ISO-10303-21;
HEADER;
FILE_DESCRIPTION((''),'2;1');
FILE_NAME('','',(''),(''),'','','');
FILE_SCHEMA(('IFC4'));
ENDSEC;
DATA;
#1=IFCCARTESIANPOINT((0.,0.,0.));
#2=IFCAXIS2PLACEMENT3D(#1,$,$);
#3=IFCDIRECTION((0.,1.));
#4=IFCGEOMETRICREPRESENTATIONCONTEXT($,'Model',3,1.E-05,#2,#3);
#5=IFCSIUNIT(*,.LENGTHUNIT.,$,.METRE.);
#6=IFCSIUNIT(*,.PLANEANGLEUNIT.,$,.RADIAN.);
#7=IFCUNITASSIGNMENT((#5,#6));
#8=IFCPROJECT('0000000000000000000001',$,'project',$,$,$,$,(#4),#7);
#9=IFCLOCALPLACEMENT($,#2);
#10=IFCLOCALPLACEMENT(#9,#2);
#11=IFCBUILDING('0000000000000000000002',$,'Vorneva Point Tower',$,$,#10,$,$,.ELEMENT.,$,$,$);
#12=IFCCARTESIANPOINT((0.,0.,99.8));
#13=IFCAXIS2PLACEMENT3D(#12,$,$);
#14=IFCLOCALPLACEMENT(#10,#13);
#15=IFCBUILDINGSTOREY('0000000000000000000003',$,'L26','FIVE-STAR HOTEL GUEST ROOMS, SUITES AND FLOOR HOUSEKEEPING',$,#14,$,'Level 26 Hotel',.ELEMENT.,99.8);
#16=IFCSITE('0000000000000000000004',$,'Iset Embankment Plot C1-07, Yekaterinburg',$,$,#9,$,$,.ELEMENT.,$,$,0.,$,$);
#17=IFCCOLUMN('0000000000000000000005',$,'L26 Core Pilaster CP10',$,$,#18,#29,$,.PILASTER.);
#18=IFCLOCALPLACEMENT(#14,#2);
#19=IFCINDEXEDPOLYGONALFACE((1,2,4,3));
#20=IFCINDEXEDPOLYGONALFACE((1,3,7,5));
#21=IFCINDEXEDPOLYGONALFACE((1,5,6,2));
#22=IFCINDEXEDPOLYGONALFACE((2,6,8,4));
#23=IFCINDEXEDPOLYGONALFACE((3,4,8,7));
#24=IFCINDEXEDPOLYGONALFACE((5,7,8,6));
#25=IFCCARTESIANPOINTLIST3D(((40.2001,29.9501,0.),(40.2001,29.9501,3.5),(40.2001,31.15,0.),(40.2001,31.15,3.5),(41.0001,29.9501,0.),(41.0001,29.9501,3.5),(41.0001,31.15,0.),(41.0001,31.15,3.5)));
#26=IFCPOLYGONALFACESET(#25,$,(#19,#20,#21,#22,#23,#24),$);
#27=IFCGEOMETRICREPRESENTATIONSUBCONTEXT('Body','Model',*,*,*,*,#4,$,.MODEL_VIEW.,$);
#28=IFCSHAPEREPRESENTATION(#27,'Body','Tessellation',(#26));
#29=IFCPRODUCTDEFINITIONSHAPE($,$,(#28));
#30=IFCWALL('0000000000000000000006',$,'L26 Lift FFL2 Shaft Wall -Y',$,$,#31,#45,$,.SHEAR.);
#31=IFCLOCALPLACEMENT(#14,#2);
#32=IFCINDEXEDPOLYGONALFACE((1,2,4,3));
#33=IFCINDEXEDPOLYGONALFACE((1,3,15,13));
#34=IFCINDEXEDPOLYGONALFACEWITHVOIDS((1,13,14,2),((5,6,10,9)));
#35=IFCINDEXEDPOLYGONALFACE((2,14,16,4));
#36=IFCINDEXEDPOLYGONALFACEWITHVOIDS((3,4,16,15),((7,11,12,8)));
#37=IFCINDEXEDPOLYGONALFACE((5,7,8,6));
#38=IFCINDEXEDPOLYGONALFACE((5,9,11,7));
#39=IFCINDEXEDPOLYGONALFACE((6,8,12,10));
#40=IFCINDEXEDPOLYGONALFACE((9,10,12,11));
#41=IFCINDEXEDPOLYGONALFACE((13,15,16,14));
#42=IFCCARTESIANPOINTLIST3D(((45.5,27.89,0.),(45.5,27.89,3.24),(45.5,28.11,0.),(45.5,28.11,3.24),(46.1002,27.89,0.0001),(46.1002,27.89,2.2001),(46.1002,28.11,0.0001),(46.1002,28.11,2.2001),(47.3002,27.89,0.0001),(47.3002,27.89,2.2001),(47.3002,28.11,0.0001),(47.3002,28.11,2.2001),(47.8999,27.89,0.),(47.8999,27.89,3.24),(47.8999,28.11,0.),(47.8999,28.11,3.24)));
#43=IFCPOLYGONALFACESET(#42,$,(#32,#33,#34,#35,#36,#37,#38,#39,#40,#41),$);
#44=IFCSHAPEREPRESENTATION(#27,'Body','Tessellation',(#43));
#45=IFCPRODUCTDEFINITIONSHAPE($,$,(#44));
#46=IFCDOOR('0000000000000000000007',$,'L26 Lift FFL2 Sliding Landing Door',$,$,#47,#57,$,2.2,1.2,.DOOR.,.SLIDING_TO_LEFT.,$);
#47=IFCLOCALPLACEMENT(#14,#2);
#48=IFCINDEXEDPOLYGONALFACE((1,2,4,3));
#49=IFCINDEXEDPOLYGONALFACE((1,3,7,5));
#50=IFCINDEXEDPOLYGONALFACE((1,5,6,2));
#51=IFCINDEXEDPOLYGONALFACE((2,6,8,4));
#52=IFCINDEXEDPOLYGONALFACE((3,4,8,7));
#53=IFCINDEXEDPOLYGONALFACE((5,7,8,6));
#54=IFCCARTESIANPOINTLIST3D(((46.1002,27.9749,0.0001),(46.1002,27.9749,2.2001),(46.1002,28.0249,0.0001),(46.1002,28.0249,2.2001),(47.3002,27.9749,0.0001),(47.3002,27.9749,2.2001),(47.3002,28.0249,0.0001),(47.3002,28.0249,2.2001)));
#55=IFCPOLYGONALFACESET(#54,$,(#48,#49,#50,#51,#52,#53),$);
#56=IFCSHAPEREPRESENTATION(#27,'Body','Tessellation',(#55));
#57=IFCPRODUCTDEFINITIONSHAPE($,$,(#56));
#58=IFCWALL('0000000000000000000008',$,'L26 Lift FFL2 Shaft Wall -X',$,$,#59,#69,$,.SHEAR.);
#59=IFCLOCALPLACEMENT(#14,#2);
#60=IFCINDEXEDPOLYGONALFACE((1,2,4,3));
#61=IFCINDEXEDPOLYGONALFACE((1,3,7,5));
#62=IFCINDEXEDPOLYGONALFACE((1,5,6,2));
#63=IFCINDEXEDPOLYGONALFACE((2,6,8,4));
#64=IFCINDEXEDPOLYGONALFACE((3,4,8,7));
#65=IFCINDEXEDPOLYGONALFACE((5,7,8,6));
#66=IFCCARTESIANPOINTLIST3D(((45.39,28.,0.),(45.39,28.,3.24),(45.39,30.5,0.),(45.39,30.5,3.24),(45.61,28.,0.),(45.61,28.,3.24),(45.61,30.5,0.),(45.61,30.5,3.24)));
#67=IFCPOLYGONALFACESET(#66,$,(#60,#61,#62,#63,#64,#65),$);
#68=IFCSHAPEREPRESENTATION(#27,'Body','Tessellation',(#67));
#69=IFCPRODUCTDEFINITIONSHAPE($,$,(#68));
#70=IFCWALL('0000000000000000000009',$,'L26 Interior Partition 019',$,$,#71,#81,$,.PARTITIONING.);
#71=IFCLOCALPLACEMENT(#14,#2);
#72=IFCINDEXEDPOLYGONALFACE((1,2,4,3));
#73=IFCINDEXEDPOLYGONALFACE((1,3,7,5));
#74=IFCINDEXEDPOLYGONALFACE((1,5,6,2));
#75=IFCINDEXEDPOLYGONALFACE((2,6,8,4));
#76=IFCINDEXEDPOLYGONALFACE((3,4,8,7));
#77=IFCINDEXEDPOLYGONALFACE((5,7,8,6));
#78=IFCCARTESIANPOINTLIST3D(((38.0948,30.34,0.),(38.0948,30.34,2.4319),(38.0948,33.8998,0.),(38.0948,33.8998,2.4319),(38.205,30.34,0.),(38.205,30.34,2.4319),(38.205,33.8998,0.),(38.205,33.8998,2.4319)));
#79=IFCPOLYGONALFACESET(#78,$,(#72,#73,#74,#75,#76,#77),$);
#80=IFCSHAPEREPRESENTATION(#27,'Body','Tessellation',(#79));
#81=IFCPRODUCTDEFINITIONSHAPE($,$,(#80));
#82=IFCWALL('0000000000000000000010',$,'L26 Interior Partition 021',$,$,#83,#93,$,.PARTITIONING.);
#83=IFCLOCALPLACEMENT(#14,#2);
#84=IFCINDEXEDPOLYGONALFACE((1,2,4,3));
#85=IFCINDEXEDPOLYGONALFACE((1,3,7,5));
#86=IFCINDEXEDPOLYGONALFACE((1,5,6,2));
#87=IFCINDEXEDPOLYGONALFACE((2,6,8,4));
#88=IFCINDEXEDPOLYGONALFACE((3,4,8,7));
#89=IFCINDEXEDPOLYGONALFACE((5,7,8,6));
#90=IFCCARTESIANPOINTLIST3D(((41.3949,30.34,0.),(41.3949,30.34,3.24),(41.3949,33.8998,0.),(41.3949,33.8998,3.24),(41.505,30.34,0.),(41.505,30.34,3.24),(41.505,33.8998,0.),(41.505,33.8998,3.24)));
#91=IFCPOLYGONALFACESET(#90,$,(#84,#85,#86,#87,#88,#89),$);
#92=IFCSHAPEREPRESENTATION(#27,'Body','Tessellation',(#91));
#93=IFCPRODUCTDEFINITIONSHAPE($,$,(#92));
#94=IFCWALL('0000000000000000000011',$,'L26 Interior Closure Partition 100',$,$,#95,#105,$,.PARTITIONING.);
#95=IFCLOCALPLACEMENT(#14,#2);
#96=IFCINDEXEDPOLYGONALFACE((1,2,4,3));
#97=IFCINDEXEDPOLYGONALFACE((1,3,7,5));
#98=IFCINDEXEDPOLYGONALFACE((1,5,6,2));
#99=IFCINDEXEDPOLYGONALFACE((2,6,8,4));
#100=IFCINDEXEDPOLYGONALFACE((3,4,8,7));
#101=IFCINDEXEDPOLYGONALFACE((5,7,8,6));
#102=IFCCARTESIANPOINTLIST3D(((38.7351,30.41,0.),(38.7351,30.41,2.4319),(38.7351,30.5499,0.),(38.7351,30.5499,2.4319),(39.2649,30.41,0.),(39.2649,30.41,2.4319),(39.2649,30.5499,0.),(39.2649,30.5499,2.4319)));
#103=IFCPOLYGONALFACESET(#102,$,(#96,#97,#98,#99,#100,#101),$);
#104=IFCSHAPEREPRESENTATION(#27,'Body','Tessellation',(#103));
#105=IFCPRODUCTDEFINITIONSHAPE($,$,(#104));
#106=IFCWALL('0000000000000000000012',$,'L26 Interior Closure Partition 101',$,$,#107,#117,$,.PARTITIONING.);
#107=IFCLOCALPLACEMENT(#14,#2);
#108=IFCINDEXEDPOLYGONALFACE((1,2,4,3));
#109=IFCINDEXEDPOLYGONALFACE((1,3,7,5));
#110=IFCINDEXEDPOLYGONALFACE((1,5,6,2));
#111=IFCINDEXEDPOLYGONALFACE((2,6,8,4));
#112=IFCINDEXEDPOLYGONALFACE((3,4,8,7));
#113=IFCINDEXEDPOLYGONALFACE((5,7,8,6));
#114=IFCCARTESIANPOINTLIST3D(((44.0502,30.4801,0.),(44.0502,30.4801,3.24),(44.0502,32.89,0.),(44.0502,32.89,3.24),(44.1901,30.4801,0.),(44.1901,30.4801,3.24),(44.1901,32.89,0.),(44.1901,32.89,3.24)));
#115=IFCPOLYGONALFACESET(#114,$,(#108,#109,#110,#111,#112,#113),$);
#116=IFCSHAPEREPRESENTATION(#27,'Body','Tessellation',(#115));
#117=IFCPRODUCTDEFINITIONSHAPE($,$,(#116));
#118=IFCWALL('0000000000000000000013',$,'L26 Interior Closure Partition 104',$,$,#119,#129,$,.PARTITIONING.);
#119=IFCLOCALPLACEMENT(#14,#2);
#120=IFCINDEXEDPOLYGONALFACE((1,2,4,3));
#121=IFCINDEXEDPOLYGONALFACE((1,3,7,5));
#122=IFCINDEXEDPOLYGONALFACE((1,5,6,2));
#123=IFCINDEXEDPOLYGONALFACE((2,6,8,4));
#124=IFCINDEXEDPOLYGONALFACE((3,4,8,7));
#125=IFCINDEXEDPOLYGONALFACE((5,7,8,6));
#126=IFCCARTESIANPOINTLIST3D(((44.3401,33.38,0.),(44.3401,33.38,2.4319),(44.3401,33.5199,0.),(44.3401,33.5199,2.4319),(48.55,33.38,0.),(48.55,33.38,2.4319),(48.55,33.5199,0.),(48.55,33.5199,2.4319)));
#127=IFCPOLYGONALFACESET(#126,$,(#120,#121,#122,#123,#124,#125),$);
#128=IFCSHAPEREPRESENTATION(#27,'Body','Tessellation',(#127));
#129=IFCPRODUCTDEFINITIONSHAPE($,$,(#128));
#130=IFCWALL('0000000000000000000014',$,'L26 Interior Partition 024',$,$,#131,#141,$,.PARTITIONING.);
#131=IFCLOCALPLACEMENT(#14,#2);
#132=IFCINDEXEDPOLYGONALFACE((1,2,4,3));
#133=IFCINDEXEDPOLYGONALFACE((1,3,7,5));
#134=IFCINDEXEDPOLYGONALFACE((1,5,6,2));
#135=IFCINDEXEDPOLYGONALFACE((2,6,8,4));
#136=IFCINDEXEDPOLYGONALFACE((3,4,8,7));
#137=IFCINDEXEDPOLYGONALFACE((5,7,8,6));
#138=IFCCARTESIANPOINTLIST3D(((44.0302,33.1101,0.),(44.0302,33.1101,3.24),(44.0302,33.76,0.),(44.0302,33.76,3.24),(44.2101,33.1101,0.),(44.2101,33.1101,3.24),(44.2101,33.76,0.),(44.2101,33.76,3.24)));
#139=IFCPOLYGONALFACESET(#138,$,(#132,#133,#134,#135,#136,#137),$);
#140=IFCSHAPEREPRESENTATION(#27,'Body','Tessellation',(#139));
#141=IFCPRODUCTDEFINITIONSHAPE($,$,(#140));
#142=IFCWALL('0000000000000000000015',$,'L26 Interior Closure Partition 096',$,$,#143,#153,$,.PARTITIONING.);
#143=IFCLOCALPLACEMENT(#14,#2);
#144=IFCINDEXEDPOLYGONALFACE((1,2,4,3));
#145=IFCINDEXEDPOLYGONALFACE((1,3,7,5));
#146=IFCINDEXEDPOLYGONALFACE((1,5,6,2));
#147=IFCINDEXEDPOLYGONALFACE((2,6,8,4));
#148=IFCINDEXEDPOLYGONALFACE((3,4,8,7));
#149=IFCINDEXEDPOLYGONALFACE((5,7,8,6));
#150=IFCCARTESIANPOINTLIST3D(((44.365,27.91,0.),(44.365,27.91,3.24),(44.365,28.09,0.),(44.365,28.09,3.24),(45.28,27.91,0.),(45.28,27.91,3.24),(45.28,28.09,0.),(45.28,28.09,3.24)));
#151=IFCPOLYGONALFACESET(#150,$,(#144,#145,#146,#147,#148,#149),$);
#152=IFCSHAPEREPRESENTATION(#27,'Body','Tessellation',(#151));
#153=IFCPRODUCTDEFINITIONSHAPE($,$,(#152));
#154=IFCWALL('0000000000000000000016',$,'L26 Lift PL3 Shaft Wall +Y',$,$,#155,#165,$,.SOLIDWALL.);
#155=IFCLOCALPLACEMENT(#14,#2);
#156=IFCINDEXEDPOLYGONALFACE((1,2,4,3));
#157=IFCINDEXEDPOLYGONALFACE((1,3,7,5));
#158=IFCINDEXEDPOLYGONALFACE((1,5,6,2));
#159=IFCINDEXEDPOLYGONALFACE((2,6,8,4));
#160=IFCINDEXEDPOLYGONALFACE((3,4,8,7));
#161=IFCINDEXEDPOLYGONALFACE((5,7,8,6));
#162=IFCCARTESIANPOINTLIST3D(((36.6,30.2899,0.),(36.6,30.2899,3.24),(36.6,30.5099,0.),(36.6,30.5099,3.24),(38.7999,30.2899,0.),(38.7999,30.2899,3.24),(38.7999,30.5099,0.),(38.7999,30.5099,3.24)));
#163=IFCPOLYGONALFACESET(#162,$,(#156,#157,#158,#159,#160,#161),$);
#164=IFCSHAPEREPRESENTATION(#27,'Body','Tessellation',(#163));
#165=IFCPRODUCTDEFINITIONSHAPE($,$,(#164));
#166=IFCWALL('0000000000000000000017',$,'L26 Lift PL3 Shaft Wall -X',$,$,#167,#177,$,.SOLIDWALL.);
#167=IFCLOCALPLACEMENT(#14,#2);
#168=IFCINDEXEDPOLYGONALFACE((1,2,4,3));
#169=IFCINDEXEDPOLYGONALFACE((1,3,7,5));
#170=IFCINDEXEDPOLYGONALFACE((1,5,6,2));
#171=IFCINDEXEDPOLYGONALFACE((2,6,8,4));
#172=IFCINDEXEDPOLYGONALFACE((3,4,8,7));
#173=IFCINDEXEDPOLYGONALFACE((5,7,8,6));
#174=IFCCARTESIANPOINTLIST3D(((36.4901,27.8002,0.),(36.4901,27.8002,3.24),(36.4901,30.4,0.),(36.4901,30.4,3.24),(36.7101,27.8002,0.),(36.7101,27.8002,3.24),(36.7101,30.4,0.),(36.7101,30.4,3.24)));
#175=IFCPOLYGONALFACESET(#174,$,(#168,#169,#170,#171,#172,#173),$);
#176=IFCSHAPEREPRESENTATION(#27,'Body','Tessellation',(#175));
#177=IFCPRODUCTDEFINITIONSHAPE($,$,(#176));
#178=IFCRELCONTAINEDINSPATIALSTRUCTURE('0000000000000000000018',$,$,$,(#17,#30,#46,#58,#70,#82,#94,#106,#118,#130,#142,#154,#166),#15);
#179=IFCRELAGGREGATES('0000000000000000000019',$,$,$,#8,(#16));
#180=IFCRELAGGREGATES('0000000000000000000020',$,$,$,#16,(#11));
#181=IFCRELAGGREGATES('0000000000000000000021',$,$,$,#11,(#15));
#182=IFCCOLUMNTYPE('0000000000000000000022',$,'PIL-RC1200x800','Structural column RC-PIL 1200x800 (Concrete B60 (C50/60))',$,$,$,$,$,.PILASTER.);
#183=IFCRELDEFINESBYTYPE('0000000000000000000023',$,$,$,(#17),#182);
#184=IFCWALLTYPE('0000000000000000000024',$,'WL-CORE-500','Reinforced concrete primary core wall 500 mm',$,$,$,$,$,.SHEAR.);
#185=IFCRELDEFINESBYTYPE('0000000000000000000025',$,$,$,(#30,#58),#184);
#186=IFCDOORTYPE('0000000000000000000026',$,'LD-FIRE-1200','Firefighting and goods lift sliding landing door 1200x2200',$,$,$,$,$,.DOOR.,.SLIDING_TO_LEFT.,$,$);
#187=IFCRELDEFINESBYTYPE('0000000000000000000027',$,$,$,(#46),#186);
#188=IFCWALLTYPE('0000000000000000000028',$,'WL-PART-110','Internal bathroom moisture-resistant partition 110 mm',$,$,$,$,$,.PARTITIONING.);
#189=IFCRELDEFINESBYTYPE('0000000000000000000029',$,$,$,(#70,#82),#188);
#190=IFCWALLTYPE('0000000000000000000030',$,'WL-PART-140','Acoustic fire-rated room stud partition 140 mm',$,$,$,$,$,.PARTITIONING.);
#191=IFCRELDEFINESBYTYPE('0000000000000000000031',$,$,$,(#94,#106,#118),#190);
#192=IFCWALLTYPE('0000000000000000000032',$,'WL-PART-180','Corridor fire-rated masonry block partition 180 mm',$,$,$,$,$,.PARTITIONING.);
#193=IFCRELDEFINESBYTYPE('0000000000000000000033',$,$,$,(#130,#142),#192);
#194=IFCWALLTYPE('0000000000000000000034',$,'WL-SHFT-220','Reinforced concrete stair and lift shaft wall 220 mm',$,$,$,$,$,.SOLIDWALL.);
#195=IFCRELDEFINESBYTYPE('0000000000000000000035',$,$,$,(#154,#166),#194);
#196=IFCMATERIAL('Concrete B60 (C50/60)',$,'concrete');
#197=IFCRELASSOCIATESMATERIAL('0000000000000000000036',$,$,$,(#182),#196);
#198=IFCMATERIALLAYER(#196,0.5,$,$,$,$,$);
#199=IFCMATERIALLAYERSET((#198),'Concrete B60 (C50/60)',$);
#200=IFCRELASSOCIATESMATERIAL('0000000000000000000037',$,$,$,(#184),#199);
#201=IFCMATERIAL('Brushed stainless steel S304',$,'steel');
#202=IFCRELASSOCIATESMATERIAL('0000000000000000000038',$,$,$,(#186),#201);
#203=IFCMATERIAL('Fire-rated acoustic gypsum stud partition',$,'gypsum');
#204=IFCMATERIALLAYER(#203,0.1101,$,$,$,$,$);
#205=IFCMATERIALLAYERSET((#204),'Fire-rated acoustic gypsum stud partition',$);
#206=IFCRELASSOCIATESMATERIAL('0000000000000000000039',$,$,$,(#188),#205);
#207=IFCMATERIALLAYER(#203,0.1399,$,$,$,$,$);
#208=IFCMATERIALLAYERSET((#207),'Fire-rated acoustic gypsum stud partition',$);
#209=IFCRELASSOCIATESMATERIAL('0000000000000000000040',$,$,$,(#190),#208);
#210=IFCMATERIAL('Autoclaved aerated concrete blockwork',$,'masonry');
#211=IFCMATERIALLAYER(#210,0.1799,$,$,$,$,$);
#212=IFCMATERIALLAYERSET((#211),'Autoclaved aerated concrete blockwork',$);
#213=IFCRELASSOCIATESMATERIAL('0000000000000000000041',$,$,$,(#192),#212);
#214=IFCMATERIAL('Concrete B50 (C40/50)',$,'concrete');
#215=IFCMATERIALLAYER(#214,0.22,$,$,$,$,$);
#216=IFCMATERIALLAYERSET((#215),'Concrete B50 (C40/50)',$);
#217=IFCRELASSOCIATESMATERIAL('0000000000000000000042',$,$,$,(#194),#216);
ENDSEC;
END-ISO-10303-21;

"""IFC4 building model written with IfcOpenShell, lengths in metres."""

from ifc_helpers import new_model, si_unit, direction, frame, frame_2d, origin, origin_2d, place, context, subcontext, project, spatial, rectangle, extrude, material, layer, layer_set, material_profile, profile_set, type_object, element, fill, save


model = new_model("IFC4")

# Units and contexts
model_context = context("Model", 3, precision=1e-05, world=origin(), true_north=direction((0.0, 1.0)))
body_context = subcontext(model_context, "Body", "Model", "MODEL_VIEW")
ifc_project = project(units=[si_unit("LENGTHUNIT", "METRE"), si_unit("PLANEANGLEUNIT", "RADIAN")], contexts=[model_context])

# Site, building, storey
site_placement = place(None, origin())
site = spatial("IfcSite", under=ifc_project, at=site_placement, Name="Iset Embankment Plot C1-07, Yekaterinburg", CompositionType="ELEMENT", RefElevation=0.0)
building_placement = place(site_placement, origin())
building = spatial("IfcBuilding", under=site, at=building_placement, Name="Vorneva Point Tower", CompositionType="ELEMENT")
storey_placement = place(building_placement, frame((0.0, 0.0, 99.8)))
storey = spatial("IfcBuildingStorey", under=building, at=storey_placement, Name="L26", Description="FIVE-STAR HOTEL GUEST ROOMS, SUITES AND FLOOR HOUSEKEEPING", LongName="Level 26 Hotel", CompositionType="ELEMENT", Elevation=99.8)

# Column
ifc_material_1 = material(Name="Concrete B60 (C50/60)", Category="concrete")
ifc_material_profile = material_profile(ifc_material_1, rectangle(XDim=0.8, YDim=1.2, at=origin_2d()), Name="RC-PIL 1200x800")
ifc_profile_set = profile_set([ifc_material_profile], Name="Concrete B60 (C50/60)")
column_type = type_object("IfcColumnType", Name="PIL-RC1200x800", Description="Structural column RC-PIL 1200x800 (Concrete B60 (C50/60))", PredefinedType="PILASTER", material=ifc_profile_set)
column_placement = place(storey_placement, frame((40.6001, 30.55, 0.0), z_axis=(0.0, 0.0, 1.0), x_axis=(1.0, 0.0, 0.0)))
element("IfcColumn", 1, at=column_placement, inside=storey, type_object=column_type, Name="L26 Core Pilaster CP10", PredefinedType="PILASTER", context=body_context, shape_type="SweptSolid", body=[
    extrude(rectangle(XDim=0.8, YDim=1.2, at=origin_2d()), origin(), (0.0, 0.0, 1.0), 3.5),
])

# Wall, opening, door
ifc_layer_1 = layer(ifc_material_1, 0.5)
ifc_layer_set_1 = layer_set([ifc_layer_1], Name="Concrete B60 (C50/60)")
wall_type_1 = type_object("IfcWallType", Name="WL-CORE-500", Description="Reinforced concrete primary core wall 500 mm", PredefinedType="SHEAR", material=ifc_layer_set_1)
wall_1_placement = place(storey_placement, frame((45.5, 28.0, 0.0), z_axis=(0.0, 0.0, 1.0), x_axis=(1.0, 0.0, 0.0)))
wall_1 = element("IfcWall", 2, at=wall_1_placement, inside=storey, type_object=wall_type_1, Name="L26 Lift FFL2 Shaft Wall -Y", PredefinedType="SHEAR", context=body_context, shape_type="SweptSolid", body=[
    extrude(rectangle(XDim=2.3999, YDim=0.22, at=frame_2d((1.2, 0.0))), origin(), (0.0, 0.0, 1.0), 3.24),
])
opening_placement = place(wall_1_placement, frame((0.6001, 0.0, 0.0)))
opening = element("IfcOpeningElement", 3, at=opening_placement, cuts=wall_1, PredefinedType="OPENING", context=body_context, shape_type="SweptSolid", body=[
    extrude(rectangle(XDim=1.2, YDim=2.2, at=frame_2d((0.6001, 1.1001))), frame((0.0, 0.125, 0.0), z_axis=(0.0, -1.0, 0.0), x_axis=(1.0, 0.0, 0.0)), (0.0, 0.0, 1.0), 0.2498),
])
ifc_material_2 = material(Name="Brushed stainless steel S304", Category="steel")
door_type = type_object("IfcDoorType", Name="LD-FIRE-1200", Description="Firefighting and goods lift sliding landing door 1200x2200", OperationType="SLIDING_TO_LEFT", PredefinedType="DOOR", material=ifc_material_2)
door_placement = place(opening_placement, origin())
door = element("IfcDoor", 4, at=door_placement, inside=storey, type_object=door_type, Name="L26 Lift FFL2 Sliding Landing Door", OperationType="SLIDING_TO_LEFT", OverallHeight=2.2, OverallWidth=1.2, PredefinedType="DOOR", context=body_context, shape_type="SweptSolid", body=[
    extrude(rectangle(XDim=1.2, YDim=2.2, at=frame_2d((0.6001, 1.1001))), frame((0.0, 0.0249, 0.0), z_axis=(0.0, -1.0, 0.0), x_axis=(1.0, 0.0, 0.0)), (0.0, 0.0, 1.0), 0.05),
])
fill(opening, door)

# Walls
wall_2_placement = place(storey_placement, frame((45.5, 30.5, 0.0), z_axis=(0.0, 0.0, 1.0), x_axis=(0.0, -1.0, 0.0)))
element("IfcWall", 5, at=wall_2_placement, inside=storey, type_object=wall_type_1, Name="L26 Lift FFL2 Shaft Wall -X", PredefinedType="SHEAR", context=body_context, shape_type="SweptSolid", body=[
    extrude(rectangle(XDim=2.5, YDim=0.22, at=frame_2d((1.25, 0.0))), origin(), (0.0, 0.0, 1.0), 3.24),
])
ifc_material_3 = material(Name="Fire-rated acoustic gypsum stud partition", Category="gypsum")
ifc_layer_2 = layer(ifc_material_3, 0.1101)
ifc_layer_set_2 = layer_set([ifc_layer_2], Name="Fire-rated acoustic gypsum stud partition")
wall_type_2 = type_object("IfcWallType", Name="WL-PART-110", Description="Internal bathroom moisture-resistant partition 110 mm", PredefinedType="PARTITIONING", material=ifc_layer_set_2)
wall_3_placement = place(storey_placement, frame((38.1499, 30.3401, 0.0), z_axis=(0.0, 0.0, 1.0), x_axis=(0.0, 1.0, 0.0)))
element("IfcWall", 6, at=wall_3_placement, inside=storey, type_object=wall_type_2, Name="L26 Interior Partition 019", PredefinedType="PARTITIONING", context=body_context, shape_type="SweptSolid", body=[
    extrude(rectangle(XDim=3.5598, YDim=0.1101, at=frame_2d((1.7798, 0.0))), origin(), (0.0, 0.0, 1.0), 2.4319),
])
wall_4_placement = place(storey_placement, frame((41.45, 30.3401, 0.0), z_axis=(0.0, 0.0, 1.0), x_axis=(0.0, 1.0, 0.0)))
element("IfcWall", 7, at=wall_4_placement, inside=storey, type_object=wall_type_2, Name="L26 Interior Partition 021", PredefinedType="PARTITIONING", context=body_context, shape_type="SweptSolid", body=[
    extrude(rectangle(XDim=3.5598, YDim=0.1101, at=frame_2d((1.7798, 0.0))), origin(), (0.0, 0.0, 1.0), 3.24),
])
ifc_layer_3 = layer(ifc_material_3, 0.1399)
ifc_layer_set_3 = layer_set([ifc_layer_3], Name="Fire-rated acoustic gypsum stud partition")
wall_type_3 = type_object("IfcWallType", Name="WL-PART-140", Description="Acoustic fire-rated room stud partition 140 mm", PredefinedType="PARTITIONING", material=ifc_layer_set_3)
wall_5_placement = place(storey_placement, frame((38.7351, 30.48, 0.0), z_axis=(0.0, 0.0, 1.0), x_axis=(1.0, 0.0, 0.0)))
element("IfcWall", 8, at=wall_5_placement, inside=storey, type_object=wall_type_3, Name="L26 Interior Closure Partition 100", PredefinedType="PARTITIONING", context=body_context, shape_type="SweptSolid", body=[
    extrude(rectangle(XDim=0.5298, YDim=0.1399, at=frame_2d((0.2649, 0.0))), origin(), (0.0, 0.0, 1.0), 2.4319),
])
wall_6_placement = place(storey_placement, frame((44.1201, 30.48, 0.0), z_axis=(0.0, 0.0, 1.0), x_axis=(0.0, 1.0, 0.0)))
element("IfcWall", 9, at=wall_6_placement, inside=storey, type_object=wall_type_3, Name="L26 Interior Closure Partition 101", PredefinedType="PARTITIONING", context=body_context, shape_type="SweptSolid", body=[
    extrude(rectangle(XDim=2.4099, YDim=0.1399, at=frame_2d((1.2051, 0.0))), origin(), (0.0, 0.0, 1.0), 3.24),
])
wall_7_placement = place(storey_placement, frame((44.3401, 33.45, 0.0), z_axis=(0.0, 0.0, 1.0), x_axis=(1.0, 0.0, 0.0)))
element("IfcWall", 10, at=wall_7_placement, inside=storey, type_object=wall_type_3, Name="L26 Interior Closure Partition 104", PredefinedType="PARTITIONING", context=body_context, shape_type="SweptSolid", body=[
    extrude(rectangle(XDim=4.21, YDim=0.1399, at=frame_2d((2.105, 0.0))), origin(), (0.0, 0.0, 1.0), 2.4319),
])
ifc_material_4 = material(Name="Autoclaved aerated concrete blockwork", Category="masonry")
ifc_layer_4 = layer(ifc_material_4, 0.1799)
ifc_layer_set_4 = layer_set([ifc_layer_4], Name="Autoclaved aerated concrete blockwork")
wall_type_4 = type_object("IfcWallType", Name="WL-PART-180", Description="Corridor fire-rated masonry block partition 180 mm", PredefinedType="PARTITIONING", material=ifc_layer_set_4)
wall_8_placement = place(storey_placement, frame((44.1201, 33.1101, 0.0), z_axis=(0.0, 0.0, 1.0), x_axis=(0.0, 1.0, 0.0)))
element("IfcWall", 11, at=wall_8_placement, inside=storey, type_object=wall_type_4, Name="L26 Interior Partition 024", PredefinedType="PARTITIONING", context=body_context, shape_type="SweptSolid", body=[
    extrude(rectangle(XDim=0.6499, YDim=0.1799, at=frame_2d((0.325, 0.0))), origin(), (0.0, 0.0, 1.0), 3.24),
])
wall_9_placement = place(storey_placement, frame((45.28, 28.0, 0.0), z_axis=(0.0, 0.0, 1.0), x_axis=(-1.0, 0.0, 0.0)))
element("IfcWall", 12, at=wall_9_placement, inside=storey, type_object=wall_type_4, Name="L26 Interior Closure Partition 096", PredefinedType="PARTITIONING", context=body_context, shape_type="SweptSolid", body=[
    extrude(rectangle(XDim=0.915, YDim=0.1799, at=frame_2d((0.4575, 0.0))), origin(), (0.0, 0.0, 1.0), 3.24),
])
ifc_material_5 = material(Name="Concrete B50 (C40/50)", Category="concrete")
ifc_layer_5 = layer(ifc_material_5, 0.22)
ifc_layer_set_5 = layer_set([ifc_layer_5], Name="Concrete B50 (C40/50)")
wall_type_5 = type_object("IfcWallType", Name="WL-SHFT-220", Description="Reinforced concrete stair and lift shaft wall 220 mm", PredefinedType="SOLIDWALL", material=ifc_layer_set_5)
wall_10_placement = place(storey_placement, frame((38.8, 30.3999, 0.0), z_axis=(0.0, 0.0, 1.0), x_axis=(-1.0, 0.0, 0.0)))
element("IfcWall", 13, at=wall_10_placement, inside=storey, type_object=wall_type_5, Name="L26 Lift PL3 Shaft Wall +Y", PredefinedType="SOLIDWALL", context=body_context, shape_type="SweptSolid", body=[
    extrude(rectangle(XDim=2.2, YDim=0.22, at=frame_2d((1.1001, 0.0))), origin(), (0.0, 0.0, 1.0), 3.24),
])
wall_11_placement = place(storey_placement, frame((36.6001, 30.3999, 0.0), z_axis=(0.0, 0.0, 1.0), x_axis=(0.0, -1.0, 0.0)))
element("IfcWall", 14, at=wall_11_placement, inside=storey, type_object=wall_type_5, Name="L26 Lift PL3 Shaft Wall -X", PredefinedType="SOLIDWALL", context=body_context, shape_type="SweptSolid", body=[
    extrude(rectangle(XDim=2.5999, YDim=0.22, at=frame_2d((1.2998, 0.0))), origin(), (0.0, 0.0, 1.0), 3.24),
])

save(model, "model.ifc")
